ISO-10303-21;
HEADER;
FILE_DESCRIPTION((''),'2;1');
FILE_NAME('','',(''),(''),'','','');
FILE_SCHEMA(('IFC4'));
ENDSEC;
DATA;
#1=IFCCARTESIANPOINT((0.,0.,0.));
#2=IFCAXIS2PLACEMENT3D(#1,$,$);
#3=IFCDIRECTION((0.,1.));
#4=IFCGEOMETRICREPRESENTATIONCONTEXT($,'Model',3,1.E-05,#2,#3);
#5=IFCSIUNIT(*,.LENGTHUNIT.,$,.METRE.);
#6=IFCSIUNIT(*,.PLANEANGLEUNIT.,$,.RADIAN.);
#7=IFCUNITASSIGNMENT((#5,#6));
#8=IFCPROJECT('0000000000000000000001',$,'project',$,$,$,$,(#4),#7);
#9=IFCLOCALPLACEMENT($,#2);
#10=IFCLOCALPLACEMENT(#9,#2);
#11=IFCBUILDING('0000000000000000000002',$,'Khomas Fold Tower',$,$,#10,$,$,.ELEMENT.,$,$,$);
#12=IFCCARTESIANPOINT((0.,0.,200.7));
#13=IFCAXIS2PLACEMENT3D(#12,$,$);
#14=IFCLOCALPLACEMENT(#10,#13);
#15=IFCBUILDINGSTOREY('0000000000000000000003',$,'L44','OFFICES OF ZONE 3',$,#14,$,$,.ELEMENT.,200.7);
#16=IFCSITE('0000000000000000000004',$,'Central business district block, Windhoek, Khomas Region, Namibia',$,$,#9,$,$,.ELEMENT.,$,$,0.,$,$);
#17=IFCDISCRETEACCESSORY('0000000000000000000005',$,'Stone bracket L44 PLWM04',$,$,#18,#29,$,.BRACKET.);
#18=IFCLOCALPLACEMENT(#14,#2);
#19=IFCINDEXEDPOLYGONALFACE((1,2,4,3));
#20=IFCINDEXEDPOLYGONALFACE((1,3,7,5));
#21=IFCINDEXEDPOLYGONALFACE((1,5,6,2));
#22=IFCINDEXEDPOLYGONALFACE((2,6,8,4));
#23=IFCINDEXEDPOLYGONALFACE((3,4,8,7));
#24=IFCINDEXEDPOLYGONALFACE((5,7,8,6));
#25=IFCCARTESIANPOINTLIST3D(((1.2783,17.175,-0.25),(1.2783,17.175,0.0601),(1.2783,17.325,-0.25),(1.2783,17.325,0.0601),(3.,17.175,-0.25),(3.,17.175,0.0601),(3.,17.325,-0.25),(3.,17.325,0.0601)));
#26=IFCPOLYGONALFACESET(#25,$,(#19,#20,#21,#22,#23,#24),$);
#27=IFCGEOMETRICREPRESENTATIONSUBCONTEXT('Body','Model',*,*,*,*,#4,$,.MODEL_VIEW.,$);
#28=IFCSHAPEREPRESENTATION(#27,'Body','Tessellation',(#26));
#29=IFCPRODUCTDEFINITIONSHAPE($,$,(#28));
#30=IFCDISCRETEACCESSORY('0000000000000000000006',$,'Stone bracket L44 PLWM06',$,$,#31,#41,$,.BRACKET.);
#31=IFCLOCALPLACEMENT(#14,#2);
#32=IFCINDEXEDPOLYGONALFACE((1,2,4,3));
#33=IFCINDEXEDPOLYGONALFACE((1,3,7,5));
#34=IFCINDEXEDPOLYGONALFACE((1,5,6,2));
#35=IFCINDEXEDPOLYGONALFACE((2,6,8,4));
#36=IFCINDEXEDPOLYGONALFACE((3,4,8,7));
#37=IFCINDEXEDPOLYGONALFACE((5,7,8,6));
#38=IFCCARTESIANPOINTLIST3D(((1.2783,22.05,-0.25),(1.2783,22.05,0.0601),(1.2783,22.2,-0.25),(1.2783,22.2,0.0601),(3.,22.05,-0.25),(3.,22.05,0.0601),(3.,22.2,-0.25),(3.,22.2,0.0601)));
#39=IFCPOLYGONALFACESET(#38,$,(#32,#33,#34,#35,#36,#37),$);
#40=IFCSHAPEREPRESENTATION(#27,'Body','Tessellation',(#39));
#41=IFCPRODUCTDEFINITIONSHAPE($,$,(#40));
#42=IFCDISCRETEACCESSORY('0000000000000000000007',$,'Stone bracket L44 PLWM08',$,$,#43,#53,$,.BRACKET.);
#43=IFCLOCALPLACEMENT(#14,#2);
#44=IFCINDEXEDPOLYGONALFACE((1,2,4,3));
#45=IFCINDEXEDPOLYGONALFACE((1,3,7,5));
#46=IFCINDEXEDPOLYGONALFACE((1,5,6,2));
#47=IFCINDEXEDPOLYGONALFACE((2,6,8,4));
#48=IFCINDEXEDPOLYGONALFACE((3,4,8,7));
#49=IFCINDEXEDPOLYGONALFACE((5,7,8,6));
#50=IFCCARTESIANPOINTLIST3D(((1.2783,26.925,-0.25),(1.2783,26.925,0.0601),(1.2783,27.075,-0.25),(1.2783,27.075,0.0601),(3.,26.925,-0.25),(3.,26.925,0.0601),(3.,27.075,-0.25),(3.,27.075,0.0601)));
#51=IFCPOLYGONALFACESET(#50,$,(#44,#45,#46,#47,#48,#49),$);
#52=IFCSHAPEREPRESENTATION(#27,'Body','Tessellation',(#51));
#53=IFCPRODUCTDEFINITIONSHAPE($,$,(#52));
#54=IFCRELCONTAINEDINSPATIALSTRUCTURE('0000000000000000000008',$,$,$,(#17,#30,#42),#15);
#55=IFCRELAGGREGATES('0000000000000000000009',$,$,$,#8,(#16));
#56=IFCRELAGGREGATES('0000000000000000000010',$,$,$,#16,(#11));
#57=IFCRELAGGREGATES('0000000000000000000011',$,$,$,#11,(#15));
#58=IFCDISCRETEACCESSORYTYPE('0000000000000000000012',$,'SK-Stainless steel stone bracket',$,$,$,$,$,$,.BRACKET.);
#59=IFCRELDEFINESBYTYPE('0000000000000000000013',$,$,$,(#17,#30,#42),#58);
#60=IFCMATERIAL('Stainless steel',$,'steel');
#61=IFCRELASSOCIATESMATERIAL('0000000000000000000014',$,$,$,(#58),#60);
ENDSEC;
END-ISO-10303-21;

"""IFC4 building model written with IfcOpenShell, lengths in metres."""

from ifc_helpers import new_model, si_unit, direction, frame, origin, origin_2d, place, context, subcontext, project, spatial, rectangle, extrude, source, transform, mapped, material, type_object, element, save


model = new_model("IFC4")

# Units and contexts
model_context = context("Model", 3, precision=1e-05, world=origin(), true_north=direction((0.0, 1.0)))
body_context = subcontext(model_context, "Body", "Model", "MODEL_VIEW")
ifc_project = project(units=[si_unit("LENGTHUNIT", "METRE"), si_unit("PLANEANGLEUNIT", "RADIAN")], contexts=[model_context])

# Site, building, storey
site_placement = place(None, origin())
site = spatial("IfcSite", under=ifc_project, at=site_placement, Name="Central business district block, Windhoek, Khomas Region, Namibia", CompositionType="ELEMENT", RefElevation=0.0)
building_placement = place(site_placement, origin())
building = spatial("IfcBuilding", under=site, at=building_placement, Name="Khomas Fold Tower", CompositionType="ELEMENT")
storey_placement = place(building_placement, frame((0.0, 0.0, 200.7)))
storey = spatial("IfcBuildingStorey", under=building, at=storey_placement, Name="L44", Description="OFFICES OF ZONE 3", CompositionType="ELEMENT", Elevation=200.7)

# Discrete accessories
ifc_material_1 = material(Name="Stainless steel", Category="steel")
discrete_accessory_type = type_object("IfcDiscreteAccessoryType", Name="SK-Stainless steel stone bracket", PredefinedType="BRACKET", material=ifc_material_1)
shared_shape_1 = source(origin(), body_context, "Body", "SweptSolid", [
    extrude(rectangle(XDim=1.7217, YDim=0.1499, at=origin_2d()), origin(), (0.0, 0.0, 1.0), 0.3101),
])
for number, where, z_axis, x_axis, name in (
    (1, (2.1392, 17.25, -0.25), (0.0, 0.0, 1.0), (-1.0, 0.0, 0.0), "Stone bracket L44 PLWM04"),
    (2, (2.1392, 22.125, -0.25), (0.0, 0.0, 1.0), (-1.0, 0.0, 0.0), "Stone bracket L44 PLWM06"),
    (3, (2.1392, 27.0, -0.25), (0.0, 0.0, 1.0), (-1.0, 0.0, 0.0), "Stone bracket L44 PLWM08"),
):
    element("IfcDiscreteAccessory", number, at=place(storey_placement, frame(where, z_axis=z_axis, x_axis=x_axis)), inside=storey, type_object=discrete_accessory_type, Name=name, PredefinedType="BRACKET", context=body_context, shape_type="MappedRepresentation", body=[
        mapped(shared_shape_1, transform((0.0, 0.0, 0.0))),
    ])

save(model, "model.ifc")
